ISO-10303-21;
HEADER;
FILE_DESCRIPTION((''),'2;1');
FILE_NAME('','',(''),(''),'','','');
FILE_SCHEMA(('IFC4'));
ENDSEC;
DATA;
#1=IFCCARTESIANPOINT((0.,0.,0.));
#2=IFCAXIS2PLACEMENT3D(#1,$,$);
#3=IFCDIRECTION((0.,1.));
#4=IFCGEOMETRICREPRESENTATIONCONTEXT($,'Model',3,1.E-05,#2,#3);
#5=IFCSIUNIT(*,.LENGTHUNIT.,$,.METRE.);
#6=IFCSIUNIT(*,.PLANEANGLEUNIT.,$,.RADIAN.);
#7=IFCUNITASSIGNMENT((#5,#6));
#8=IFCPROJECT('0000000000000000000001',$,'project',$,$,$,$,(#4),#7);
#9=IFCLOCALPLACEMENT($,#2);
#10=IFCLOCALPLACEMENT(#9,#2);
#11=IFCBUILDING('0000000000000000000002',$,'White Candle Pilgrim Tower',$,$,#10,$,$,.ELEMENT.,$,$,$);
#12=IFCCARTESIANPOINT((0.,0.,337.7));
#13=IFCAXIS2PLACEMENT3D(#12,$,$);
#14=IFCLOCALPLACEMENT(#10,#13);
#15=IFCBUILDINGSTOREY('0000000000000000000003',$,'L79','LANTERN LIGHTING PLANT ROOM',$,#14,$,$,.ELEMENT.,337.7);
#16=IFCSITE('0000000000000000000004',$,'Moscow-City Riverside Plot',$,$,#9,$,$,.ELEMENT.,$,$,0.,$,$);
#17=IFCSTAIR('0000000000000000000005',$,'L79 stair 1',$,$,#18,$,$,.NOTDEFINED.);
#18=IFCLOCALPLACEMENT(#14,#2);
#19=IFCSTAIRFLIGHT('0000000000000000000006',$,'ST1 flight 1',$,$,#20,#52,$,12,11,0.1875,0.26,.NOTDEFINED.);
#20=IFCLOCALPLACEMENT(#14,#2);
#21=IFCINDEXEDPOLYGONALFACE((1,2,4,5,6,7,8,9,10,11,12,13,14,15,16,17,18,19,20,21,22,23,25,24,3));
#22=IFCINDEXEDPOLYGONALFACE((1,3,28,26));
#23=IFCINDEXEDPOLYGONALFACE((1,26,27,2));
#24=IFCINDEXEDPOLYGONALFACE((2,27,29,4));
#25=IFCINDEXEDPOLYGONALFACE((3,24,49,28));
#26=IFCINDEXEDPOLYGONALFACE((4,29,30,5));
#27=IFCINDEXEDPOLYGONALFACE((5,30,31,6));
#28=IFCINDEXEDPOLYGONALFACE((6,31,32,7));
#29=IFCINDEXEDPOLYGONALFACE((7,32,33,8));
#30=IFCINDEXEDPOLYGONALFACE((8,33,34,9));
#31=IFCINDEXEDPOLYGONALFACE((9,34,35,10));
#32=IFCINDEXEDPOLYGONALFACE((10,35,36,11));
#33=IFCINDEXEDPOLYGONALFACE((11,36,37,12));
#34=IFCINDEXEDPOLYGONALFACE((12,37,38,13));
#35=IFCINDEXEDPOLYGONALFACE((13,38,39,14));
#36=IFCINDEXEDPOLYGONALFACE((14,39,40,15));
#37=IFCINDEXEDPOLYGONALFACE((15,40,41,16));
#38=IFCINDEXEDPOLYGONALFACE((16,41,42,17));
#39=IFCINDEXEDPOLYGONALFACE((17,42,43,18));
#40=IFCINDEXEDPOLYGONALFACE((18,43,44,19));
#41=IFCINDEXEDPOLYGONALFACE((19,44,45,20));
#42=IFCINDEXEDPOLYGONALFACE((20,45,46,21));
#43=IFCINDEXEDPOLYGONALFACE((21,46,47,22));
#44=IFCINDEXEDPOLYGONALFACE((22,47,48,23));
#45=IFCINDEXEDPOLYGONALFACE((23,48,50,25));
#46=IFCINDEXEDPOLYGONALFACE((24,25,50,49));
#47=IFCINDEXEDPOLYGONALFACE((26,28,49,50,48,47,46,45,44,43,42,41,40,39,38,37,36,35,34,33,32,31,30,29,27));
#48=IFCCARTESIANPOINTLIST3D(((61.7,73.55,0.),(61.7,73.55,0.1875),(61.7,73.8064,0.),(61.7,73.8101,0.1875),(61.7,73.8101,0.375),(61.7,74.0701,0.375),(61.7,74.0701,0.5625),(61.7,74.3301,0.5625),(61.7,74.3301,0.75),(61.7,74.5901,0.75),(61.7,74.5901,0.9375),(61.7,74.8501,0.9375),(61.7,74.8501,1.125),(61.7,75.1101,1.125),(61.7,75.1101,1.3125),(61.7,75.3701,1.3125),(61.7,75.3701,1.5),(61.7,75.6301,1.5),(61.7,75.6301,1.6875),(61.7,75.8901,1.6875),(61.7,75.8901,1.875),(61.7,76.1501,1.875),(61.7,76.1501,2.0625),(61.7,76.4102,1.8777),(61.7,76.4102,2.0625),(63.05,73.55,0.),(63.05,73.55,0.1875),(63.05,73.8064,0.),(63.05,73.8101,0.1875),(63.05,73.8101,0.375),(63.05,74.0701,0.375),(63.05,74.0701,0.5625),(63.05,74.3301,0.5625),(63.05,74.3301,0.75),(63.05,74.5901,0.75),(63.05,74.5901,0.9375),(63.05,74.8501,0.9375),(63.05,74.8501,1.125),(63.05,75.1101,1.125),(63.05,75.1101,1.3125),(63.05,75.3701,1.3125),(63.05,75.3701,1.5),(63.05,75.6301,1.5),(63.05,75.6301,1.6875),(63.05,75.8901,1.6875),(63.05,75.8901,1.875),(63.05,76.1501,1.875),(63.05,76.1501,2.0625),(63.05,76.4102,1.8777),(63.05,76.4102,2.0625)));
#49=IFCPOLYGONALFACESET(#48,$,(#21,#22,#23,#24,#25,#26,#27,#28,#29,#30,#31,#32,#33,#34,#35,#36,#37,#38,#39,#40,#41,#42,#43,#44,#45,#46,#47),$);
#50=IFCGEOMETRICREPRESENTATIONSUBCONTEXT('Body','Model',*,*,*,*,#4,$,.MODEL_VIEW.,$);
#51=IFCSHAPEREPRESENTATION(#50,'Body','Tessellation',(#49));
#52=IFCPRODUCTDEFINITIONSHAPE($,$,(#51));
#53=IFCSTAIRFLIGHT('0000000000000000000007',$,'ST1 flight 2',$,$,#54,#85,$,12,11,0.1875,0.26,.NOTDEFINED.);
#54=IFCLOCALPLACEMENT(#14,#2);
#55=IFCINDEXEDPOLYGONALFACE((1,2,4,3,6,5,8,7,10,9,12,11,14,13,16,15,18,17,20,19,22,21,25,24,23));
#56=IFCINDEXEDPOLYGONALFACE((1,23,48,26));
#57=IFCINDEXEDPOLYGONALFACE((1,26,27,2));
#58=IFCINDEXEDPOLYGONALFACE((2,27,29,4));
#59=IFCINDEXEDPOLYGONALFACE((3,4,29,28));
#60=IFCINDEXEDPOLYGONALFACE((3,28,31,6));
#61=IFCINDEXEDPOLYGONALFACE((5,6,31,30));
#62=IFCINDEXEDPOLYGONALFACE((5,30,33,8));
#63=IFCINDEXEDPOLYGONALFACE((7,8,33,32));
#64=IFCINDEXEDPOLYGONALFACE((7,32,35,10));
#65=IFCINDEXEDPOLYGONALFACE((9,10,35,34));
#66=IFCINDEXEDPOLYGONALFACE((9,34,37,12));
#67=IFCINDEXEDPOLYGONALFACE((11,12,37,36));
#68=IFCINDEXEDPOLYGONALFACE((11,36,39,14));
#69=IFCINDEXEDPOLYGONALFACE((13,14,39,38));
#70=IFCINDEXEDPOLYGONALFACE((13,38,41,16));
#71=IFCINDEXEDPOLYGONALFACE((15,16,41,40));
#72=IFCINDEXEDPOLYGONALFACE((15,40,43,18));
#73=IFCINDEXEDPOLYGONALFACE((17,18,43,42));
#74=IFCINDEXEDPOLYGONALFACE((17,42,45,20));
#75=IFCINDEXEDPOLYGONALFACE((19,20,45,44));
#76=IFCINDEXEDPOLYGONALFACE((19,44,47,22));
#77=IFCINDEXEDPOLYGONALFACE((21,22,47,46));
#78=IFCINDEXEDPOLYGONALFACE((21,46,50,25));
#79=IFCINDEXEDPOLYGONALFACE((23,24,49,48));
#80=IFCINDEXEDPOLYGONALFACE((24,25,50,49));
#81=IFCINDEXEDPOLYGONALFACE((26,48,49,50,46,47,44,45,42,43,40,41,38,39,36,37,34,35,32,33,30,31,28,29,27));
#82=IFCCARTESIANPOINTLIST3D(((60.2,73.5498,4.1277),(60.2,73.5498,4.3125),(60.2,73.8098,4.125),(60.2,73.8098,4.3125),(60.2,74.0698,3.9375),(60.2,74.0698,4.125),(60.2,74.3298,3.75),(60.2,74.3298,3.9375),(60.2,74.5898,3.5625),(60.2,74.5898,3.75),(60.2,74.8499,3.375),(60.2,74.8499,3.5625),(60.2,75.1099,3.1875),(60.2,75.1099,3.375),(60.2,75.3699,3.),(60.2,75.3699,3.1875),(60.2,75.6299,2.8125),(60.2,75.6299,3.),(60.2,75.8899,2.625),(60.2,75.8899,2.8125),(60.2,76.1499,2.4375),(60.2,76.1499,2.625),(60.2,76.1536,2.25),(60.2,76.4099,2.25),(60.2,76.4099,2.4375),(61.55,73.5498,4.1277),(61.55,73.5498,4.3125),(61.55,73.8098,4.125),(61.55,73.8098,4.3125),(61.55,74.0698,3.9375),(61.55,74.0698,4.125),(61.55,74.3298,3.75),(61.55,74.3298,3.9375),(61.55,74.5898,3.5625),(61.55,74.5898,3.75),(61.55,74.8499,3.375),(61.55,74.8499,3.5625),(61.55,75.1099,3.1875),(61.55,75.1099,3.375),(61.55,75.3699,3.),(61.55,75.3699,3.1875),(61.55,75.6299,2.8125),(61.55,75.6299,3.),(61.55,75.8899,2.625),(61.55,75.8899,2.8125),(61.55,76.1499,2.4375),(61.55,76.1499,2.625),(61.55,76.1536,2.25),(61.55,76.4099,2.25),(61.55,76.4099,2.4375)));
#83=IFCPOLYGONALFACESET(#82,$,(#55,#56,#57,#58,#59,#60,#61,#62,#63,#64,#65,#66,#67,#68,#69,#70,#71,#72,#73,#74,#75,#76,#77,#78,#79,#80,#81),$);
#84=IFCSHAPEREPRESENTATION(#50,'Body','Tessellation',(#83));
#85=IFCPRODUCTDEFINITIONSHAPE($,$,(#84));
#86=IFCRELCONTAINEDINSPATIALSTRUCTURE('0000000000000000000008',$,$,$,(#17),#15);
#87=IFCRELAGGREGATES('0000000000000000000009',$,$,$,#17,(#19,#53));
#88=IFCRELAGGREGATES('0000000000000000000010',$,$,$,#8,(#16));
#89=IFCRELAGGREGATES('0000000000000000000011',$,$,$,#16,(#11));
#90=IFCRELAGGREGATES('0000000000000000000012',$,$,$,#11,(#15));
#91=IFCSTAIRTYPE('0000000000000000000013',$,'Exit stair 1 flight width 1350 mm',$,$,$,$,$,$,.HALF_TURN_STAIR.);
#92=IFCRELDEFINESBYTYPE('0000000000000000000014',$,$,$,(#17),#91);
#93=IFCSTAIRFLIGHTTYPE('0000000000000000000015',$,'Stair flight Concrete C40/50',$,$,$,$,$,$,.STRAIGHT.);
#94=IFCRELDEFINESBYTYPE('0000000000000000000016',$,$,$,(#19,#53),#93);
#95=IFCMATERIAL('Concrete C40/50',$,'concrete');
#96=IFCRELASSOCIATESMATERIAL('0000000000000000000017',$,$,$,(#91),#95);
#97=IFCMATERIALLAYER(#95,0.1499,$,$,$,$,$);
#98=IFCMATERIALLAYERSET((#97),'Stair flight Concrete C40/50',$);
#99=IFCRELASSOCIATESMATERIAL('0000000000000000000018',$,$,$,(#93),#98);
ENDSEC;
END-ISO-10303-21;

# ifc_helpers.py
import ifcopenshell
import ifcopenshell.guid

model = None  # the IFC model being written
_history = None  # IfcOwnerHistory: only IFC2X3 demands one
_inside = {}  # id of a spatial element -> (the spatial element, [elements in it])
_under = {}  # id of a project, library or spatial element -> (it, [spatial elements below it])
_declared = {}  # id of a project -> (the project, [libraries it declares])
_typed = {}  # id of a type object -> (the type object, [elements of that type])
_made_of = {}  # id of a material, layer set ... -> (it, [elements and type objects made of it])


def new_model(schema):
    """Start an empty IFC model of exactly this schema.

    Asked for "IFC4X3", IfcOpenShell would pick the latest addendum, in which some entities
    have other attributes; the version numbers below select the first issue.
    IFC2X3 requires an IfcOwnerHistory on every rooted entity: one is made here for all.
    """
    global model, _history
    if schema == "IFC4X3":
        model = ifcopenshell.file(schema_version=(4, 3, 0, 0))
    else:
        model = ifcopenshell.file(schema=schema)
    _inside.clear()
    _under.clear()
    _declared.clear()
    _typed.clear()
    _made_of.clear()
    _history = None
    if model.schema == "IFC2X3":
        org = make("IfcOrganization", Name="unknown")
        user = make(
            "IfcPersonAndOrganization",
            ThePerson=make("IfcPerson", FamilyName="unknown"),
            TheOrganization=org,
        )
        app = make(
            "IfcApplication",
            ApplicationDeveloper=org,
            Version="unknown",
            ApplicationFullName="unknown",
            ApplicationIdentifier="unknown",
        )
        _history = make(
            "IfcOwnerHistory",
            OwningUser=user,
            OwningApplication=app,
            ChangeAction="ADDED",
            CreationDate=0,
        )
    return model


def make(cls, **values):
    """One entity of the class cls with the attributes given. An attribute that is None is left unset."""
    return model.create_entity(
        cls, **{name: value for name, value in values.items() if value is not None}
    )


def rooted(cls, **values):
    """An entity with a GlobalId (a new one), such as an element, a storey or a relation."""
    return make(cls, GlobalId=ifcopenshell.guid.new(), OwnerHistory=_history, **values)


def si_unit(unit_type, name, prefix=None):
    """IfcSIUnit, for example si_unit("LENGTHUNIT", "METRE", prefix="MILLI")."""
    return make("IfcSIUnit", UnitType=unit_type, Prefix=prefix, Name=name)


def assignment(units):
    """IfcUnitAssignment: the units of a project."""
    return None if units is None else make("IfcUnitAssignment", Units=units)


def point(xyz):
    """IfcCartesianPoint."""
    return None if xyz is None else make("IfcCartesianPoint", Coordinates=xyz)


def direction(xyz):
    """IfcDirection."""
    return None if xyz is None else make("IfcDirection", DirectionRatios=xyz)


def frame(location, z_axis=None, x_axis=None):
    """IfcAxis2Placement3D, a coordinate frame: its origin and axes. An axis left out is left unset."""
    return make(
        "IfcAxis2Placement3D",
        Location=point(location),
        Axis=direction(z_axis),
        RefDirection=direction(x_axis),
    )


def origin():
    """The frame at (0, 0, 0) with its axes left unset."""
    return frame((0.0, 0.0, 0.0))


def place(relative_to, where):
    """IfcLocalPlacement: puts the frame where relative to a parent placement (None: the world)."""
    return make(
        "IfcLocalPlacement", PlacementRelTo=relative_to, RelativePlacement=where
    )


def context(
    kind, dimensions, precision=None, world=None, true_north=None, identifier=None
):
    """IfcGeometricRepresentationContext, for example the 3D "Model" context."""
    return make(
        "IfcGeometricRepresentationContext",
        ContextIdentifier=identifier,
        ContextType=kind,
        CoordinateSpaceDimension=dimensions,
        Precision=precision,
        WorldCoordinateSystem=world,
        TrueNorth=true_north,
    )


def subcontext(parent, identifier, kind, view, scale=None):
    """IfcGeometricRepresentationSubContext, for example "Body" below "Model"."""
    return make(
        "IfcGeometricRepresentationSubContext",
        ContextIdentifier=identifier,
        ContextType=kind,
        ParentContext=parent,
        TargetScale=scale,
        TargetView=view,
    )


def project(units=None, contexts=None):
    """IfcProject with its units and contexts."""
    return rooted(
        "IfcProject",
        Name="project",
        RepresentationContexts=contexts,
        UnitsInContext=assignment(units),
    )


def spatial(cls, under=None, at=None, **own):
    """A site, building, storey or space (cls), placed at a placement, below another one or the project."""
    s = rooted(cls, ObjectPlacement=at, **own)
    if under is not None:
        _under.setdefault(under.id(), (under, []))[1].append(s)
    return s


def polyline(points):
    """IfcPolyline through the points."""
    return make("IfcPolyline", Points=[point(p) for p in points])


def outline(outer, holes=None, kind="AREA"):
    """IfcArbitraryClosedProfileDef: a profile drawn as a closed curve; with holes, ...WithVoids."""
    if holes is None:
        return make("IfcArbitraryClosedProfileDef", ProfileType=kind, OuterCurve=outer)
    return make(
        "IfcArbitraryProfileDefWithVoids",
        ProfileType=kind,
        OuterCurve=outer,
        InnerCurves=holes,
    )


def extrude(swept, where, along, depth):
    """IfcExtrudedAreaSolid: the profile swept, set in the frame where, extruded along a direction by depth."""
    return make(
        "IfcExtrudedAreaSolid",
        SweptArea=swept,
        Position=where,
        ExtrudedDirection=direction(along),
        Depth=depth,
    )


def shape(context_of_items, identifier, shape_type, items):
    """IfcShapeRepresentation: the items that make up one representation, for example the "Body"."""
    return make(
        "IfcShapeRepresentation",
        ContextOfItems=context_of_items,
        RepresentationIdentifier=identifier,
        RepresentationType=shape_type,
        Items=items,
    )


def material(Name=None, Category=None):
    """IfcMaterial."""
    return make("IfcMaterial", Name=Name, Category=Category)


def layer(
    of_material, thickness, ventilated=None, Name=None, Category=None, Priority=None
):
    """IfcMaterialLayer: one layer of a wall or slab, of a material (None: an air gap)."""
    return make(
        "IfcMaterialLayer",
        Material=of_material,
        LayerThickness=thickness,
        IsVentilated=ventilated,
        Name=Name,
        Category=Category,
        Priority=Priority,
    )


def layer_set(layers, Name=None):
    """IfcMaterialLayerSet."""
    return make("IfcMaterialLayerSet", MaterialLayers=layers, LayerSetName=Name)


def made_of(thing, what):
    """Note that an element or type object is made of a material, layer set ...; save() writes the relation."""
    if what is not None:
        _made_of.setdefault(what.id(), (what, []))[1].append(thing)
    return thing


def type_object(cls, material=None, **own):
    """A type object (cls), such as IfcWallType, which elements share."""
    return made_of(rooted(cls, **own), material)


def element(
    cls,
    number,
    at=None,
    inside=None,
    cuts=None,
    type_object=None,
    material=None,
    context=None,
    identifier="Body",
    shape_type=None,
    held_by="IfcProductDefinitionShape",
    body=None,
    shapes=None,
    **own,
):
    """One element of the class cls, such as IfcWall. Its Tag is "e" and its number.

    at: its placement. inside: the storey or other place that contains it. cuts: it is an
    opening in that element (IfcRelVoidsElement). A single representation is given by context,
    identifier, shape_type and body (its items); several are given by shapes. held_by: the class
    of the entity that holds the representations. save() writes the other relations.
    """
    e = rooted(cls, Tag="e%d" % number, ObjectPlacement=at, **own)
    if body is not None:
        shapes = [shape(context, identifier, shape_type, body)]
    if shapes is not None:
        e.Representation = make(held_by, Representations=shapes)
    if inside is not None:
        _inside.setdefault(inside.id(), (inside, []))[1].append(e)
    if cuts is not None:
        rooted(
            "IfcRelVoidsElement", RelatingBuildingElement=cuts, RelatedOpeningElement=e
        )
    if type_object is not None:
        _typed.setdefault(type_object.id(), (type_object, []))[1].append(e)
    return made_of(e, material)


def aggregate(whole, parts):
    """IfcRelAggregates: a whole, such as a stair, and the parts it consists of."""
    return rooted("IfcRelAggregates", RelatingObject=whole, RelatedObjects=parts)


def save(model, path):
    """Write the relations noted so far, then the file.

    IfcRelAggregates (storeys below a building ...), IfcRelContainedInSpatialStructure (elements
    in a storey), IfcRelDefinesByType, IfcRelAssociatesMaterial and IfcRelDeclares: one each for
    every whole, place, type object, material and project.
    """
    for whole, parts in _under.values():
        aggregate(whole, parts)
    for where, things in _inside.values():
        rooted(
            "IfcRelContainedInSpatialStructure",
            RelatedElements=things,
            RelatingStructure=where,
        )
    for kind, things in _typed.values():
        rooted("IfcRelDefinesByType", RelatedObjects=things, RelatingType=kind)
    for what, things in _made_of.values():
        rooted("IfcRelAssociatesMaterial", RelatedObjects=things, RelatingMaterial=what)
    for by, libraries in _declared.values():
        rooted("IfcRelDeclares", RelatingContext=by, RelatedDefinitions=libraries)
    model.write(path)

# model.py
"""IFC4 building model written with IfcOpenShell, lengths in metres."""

from ifc_helpers import new_model, si_unit, direction, frame, origin, place, context, subcontext, project, spatial, polyline, outline, extrude, material, layer, layer_set, type_object, element, aggregate, save


model = new_model("IFC4")

# Units and contexts
model_context = context("Model", 3, precision=1e-05, world=origin(), true_north=direction((0.0, 1.0)))
body_context = subcontext(model_context, "Body", "Model", "MODEL_VIEW")
ifc_project = project(units=[si_unit("LENGTHUNIT", "METRE"), si_unit("PLANEANGLEUNIT", "RADIAN")], contexts=[model_context])

# Site, building, storey
site_placement = place(None, origin())
site = spatial("IfcSite", under=ifc_project, at=site_placement, Name="Moscow-City Riverside Plot", CompositionType="ELEMENT", RefElevation=0.0)
building_placement = place(site_placement, origin())
building = spatial("IfcBuilding", under=site, at=building_placement, Name="White Candle Pilgrim Tower", CompositionType="ELEMENT")
storey_placement = place(building_placement, frame((0.0, 0.0, 337.7)))
storey = spatial("IfcBuildingStorey", under=building, at=storey_placement, Name="L79", Description="LANTERN LIGHTING PLANT ROOM", CompositionType="ELEMENT", Elevation=337.7)

# Shared definitions
ifc_material_1 = material(Name="Concrete C40/50", Category="concrete")

# Stair, stair flights
stair_type = type_object("IfcStairType", Name="Exit stair 1 flight width 1350 mm", PredefinedType="HALF_TURN_STAIR", material=ifc_material_1)
stair_placement = place(storey_placement, origin())
stair = element("IfcStair", 1, at=stair_placement, inside=storey, type_object=stair_type, Name="L79 stair 1", PredefinedType="NOTDEFINED")
ifc_layer_1 = layer(ifc_material_1, 0.1499)
ifc_layer_set_1 = layer_set([ifc_layer_1], Name="Stair flight Concrete C40/50")
stair_flight_type = type_object("IfcStairFlightType", Name="Stair flight Concrete C40/50", PredefinedType="STRAIGHT", material=ifc_layer_set_1)
stair_flight_1_placement = place(storey_placement, frame((62.375, 73.55, 0.0), z_axis=(0.0, 0.0, 1.0), x_axis=(0.0, 1.0, 0.0)))
stair_flight_1 = element("IfcStairFlight", 2, at=stair_flight_1_placement, type_object=stair_flight_type, Name="ST1 flight 1", NumberOfRisers=12, NumberOfTreads=11, PredefinedType="NOTDEFINED", RiserHeight=0.1875, TreadLength=0.26, context=body_context, shape_type="SweptSolid", body=[
    extrude(outline(polyline([(0.0, 0.0), (0.0, 0.1875), (0.26, 0.1875), (0.26, 0.375), (0.52, 0.375), (0.52, 0.5625), (0.78, 0.5625), (0.78, 0.75), (1.04, 0.75), (1.04, 0.9375), (1.3, 0.9375), (1.3, 1.125), (1.5601, 1.125), (1.5601, 1.3125), (1.8201, 1.3125), (1.8201, 1.5), (2.0801, 1.5), (2.0801, 1.6875), (2.3401, 1.6875), (2.3401, 1.875), (2.6001, 1.875), (2.6001, 2.0625), (2.8601, 2.0625), (2.8601, 2.25), (2.8601, 1.8777), (0.2563, 0.0), (0.0, 0.0)])), frame((0.0, 0.675, 0.0), z_axis=(0.0, -1.0, 0.0), x_axis=(1.0, 0.0, 0.0)), (0.0, 0.0, 1.0), 1.3501),
])
stair_flight_2_placement = place(storey_placement, frame((60.875, 76.4099, 2.25), z_axis=(0.0, 0.0, 1.0), x_axis=(0.0, -1.0, 0.0)))
stair_flight_2 = element("IfcStairFlight", 3, at=stair_flight_2_placement, type_object=stair_flight_type, Name="ST1 flight 2", NumberOfRisers=12, NumberOfTreads=11, PredefinedType="NOTDEFINED", RiserHeight=0.1875, TreadLength=0.26, context=body_context, shape_type="SweptSolid", body=[
    extrude(outline(polyline([(0.0, 0.0), (0.0, 0.1875), (0.26, 0.1875), (0.26, 0.375), (0.52, 0.375), (0.52, 0.5625), (0.78, 0.5625), (0.78, 0.75), (1.04, 0.75), (1.04, 0.9375), (1.3, 0.9375), (1.3, 1.125), (1.5601, 1.125), (1.5601, 1.3125), (1.8201, 1.3125), (1.8201, 1.5), (2.0801, 1.5), (2.0801, 1.6875), (2.3401, 1.6875), (2.3401, 1.875), (2.6001, 1.875), (2.6001, 2.0625), (2.8601, 2.0625), (2.8601, 2.25), (2.8601, 1.8777), (0.2563, 0.0), (0.0, 0.0)])), frame((0.0, 0.675, 0.0), z_axis=(0.0, -1.0, 0.0), x_axis=(1.0, 0.0, 0.0)), (0.0, 0.0, 1.0), 1.3501),
])
aggregate(stair, [stair_flight_1, stair_flight_2])

save(model, "model.ifc")
